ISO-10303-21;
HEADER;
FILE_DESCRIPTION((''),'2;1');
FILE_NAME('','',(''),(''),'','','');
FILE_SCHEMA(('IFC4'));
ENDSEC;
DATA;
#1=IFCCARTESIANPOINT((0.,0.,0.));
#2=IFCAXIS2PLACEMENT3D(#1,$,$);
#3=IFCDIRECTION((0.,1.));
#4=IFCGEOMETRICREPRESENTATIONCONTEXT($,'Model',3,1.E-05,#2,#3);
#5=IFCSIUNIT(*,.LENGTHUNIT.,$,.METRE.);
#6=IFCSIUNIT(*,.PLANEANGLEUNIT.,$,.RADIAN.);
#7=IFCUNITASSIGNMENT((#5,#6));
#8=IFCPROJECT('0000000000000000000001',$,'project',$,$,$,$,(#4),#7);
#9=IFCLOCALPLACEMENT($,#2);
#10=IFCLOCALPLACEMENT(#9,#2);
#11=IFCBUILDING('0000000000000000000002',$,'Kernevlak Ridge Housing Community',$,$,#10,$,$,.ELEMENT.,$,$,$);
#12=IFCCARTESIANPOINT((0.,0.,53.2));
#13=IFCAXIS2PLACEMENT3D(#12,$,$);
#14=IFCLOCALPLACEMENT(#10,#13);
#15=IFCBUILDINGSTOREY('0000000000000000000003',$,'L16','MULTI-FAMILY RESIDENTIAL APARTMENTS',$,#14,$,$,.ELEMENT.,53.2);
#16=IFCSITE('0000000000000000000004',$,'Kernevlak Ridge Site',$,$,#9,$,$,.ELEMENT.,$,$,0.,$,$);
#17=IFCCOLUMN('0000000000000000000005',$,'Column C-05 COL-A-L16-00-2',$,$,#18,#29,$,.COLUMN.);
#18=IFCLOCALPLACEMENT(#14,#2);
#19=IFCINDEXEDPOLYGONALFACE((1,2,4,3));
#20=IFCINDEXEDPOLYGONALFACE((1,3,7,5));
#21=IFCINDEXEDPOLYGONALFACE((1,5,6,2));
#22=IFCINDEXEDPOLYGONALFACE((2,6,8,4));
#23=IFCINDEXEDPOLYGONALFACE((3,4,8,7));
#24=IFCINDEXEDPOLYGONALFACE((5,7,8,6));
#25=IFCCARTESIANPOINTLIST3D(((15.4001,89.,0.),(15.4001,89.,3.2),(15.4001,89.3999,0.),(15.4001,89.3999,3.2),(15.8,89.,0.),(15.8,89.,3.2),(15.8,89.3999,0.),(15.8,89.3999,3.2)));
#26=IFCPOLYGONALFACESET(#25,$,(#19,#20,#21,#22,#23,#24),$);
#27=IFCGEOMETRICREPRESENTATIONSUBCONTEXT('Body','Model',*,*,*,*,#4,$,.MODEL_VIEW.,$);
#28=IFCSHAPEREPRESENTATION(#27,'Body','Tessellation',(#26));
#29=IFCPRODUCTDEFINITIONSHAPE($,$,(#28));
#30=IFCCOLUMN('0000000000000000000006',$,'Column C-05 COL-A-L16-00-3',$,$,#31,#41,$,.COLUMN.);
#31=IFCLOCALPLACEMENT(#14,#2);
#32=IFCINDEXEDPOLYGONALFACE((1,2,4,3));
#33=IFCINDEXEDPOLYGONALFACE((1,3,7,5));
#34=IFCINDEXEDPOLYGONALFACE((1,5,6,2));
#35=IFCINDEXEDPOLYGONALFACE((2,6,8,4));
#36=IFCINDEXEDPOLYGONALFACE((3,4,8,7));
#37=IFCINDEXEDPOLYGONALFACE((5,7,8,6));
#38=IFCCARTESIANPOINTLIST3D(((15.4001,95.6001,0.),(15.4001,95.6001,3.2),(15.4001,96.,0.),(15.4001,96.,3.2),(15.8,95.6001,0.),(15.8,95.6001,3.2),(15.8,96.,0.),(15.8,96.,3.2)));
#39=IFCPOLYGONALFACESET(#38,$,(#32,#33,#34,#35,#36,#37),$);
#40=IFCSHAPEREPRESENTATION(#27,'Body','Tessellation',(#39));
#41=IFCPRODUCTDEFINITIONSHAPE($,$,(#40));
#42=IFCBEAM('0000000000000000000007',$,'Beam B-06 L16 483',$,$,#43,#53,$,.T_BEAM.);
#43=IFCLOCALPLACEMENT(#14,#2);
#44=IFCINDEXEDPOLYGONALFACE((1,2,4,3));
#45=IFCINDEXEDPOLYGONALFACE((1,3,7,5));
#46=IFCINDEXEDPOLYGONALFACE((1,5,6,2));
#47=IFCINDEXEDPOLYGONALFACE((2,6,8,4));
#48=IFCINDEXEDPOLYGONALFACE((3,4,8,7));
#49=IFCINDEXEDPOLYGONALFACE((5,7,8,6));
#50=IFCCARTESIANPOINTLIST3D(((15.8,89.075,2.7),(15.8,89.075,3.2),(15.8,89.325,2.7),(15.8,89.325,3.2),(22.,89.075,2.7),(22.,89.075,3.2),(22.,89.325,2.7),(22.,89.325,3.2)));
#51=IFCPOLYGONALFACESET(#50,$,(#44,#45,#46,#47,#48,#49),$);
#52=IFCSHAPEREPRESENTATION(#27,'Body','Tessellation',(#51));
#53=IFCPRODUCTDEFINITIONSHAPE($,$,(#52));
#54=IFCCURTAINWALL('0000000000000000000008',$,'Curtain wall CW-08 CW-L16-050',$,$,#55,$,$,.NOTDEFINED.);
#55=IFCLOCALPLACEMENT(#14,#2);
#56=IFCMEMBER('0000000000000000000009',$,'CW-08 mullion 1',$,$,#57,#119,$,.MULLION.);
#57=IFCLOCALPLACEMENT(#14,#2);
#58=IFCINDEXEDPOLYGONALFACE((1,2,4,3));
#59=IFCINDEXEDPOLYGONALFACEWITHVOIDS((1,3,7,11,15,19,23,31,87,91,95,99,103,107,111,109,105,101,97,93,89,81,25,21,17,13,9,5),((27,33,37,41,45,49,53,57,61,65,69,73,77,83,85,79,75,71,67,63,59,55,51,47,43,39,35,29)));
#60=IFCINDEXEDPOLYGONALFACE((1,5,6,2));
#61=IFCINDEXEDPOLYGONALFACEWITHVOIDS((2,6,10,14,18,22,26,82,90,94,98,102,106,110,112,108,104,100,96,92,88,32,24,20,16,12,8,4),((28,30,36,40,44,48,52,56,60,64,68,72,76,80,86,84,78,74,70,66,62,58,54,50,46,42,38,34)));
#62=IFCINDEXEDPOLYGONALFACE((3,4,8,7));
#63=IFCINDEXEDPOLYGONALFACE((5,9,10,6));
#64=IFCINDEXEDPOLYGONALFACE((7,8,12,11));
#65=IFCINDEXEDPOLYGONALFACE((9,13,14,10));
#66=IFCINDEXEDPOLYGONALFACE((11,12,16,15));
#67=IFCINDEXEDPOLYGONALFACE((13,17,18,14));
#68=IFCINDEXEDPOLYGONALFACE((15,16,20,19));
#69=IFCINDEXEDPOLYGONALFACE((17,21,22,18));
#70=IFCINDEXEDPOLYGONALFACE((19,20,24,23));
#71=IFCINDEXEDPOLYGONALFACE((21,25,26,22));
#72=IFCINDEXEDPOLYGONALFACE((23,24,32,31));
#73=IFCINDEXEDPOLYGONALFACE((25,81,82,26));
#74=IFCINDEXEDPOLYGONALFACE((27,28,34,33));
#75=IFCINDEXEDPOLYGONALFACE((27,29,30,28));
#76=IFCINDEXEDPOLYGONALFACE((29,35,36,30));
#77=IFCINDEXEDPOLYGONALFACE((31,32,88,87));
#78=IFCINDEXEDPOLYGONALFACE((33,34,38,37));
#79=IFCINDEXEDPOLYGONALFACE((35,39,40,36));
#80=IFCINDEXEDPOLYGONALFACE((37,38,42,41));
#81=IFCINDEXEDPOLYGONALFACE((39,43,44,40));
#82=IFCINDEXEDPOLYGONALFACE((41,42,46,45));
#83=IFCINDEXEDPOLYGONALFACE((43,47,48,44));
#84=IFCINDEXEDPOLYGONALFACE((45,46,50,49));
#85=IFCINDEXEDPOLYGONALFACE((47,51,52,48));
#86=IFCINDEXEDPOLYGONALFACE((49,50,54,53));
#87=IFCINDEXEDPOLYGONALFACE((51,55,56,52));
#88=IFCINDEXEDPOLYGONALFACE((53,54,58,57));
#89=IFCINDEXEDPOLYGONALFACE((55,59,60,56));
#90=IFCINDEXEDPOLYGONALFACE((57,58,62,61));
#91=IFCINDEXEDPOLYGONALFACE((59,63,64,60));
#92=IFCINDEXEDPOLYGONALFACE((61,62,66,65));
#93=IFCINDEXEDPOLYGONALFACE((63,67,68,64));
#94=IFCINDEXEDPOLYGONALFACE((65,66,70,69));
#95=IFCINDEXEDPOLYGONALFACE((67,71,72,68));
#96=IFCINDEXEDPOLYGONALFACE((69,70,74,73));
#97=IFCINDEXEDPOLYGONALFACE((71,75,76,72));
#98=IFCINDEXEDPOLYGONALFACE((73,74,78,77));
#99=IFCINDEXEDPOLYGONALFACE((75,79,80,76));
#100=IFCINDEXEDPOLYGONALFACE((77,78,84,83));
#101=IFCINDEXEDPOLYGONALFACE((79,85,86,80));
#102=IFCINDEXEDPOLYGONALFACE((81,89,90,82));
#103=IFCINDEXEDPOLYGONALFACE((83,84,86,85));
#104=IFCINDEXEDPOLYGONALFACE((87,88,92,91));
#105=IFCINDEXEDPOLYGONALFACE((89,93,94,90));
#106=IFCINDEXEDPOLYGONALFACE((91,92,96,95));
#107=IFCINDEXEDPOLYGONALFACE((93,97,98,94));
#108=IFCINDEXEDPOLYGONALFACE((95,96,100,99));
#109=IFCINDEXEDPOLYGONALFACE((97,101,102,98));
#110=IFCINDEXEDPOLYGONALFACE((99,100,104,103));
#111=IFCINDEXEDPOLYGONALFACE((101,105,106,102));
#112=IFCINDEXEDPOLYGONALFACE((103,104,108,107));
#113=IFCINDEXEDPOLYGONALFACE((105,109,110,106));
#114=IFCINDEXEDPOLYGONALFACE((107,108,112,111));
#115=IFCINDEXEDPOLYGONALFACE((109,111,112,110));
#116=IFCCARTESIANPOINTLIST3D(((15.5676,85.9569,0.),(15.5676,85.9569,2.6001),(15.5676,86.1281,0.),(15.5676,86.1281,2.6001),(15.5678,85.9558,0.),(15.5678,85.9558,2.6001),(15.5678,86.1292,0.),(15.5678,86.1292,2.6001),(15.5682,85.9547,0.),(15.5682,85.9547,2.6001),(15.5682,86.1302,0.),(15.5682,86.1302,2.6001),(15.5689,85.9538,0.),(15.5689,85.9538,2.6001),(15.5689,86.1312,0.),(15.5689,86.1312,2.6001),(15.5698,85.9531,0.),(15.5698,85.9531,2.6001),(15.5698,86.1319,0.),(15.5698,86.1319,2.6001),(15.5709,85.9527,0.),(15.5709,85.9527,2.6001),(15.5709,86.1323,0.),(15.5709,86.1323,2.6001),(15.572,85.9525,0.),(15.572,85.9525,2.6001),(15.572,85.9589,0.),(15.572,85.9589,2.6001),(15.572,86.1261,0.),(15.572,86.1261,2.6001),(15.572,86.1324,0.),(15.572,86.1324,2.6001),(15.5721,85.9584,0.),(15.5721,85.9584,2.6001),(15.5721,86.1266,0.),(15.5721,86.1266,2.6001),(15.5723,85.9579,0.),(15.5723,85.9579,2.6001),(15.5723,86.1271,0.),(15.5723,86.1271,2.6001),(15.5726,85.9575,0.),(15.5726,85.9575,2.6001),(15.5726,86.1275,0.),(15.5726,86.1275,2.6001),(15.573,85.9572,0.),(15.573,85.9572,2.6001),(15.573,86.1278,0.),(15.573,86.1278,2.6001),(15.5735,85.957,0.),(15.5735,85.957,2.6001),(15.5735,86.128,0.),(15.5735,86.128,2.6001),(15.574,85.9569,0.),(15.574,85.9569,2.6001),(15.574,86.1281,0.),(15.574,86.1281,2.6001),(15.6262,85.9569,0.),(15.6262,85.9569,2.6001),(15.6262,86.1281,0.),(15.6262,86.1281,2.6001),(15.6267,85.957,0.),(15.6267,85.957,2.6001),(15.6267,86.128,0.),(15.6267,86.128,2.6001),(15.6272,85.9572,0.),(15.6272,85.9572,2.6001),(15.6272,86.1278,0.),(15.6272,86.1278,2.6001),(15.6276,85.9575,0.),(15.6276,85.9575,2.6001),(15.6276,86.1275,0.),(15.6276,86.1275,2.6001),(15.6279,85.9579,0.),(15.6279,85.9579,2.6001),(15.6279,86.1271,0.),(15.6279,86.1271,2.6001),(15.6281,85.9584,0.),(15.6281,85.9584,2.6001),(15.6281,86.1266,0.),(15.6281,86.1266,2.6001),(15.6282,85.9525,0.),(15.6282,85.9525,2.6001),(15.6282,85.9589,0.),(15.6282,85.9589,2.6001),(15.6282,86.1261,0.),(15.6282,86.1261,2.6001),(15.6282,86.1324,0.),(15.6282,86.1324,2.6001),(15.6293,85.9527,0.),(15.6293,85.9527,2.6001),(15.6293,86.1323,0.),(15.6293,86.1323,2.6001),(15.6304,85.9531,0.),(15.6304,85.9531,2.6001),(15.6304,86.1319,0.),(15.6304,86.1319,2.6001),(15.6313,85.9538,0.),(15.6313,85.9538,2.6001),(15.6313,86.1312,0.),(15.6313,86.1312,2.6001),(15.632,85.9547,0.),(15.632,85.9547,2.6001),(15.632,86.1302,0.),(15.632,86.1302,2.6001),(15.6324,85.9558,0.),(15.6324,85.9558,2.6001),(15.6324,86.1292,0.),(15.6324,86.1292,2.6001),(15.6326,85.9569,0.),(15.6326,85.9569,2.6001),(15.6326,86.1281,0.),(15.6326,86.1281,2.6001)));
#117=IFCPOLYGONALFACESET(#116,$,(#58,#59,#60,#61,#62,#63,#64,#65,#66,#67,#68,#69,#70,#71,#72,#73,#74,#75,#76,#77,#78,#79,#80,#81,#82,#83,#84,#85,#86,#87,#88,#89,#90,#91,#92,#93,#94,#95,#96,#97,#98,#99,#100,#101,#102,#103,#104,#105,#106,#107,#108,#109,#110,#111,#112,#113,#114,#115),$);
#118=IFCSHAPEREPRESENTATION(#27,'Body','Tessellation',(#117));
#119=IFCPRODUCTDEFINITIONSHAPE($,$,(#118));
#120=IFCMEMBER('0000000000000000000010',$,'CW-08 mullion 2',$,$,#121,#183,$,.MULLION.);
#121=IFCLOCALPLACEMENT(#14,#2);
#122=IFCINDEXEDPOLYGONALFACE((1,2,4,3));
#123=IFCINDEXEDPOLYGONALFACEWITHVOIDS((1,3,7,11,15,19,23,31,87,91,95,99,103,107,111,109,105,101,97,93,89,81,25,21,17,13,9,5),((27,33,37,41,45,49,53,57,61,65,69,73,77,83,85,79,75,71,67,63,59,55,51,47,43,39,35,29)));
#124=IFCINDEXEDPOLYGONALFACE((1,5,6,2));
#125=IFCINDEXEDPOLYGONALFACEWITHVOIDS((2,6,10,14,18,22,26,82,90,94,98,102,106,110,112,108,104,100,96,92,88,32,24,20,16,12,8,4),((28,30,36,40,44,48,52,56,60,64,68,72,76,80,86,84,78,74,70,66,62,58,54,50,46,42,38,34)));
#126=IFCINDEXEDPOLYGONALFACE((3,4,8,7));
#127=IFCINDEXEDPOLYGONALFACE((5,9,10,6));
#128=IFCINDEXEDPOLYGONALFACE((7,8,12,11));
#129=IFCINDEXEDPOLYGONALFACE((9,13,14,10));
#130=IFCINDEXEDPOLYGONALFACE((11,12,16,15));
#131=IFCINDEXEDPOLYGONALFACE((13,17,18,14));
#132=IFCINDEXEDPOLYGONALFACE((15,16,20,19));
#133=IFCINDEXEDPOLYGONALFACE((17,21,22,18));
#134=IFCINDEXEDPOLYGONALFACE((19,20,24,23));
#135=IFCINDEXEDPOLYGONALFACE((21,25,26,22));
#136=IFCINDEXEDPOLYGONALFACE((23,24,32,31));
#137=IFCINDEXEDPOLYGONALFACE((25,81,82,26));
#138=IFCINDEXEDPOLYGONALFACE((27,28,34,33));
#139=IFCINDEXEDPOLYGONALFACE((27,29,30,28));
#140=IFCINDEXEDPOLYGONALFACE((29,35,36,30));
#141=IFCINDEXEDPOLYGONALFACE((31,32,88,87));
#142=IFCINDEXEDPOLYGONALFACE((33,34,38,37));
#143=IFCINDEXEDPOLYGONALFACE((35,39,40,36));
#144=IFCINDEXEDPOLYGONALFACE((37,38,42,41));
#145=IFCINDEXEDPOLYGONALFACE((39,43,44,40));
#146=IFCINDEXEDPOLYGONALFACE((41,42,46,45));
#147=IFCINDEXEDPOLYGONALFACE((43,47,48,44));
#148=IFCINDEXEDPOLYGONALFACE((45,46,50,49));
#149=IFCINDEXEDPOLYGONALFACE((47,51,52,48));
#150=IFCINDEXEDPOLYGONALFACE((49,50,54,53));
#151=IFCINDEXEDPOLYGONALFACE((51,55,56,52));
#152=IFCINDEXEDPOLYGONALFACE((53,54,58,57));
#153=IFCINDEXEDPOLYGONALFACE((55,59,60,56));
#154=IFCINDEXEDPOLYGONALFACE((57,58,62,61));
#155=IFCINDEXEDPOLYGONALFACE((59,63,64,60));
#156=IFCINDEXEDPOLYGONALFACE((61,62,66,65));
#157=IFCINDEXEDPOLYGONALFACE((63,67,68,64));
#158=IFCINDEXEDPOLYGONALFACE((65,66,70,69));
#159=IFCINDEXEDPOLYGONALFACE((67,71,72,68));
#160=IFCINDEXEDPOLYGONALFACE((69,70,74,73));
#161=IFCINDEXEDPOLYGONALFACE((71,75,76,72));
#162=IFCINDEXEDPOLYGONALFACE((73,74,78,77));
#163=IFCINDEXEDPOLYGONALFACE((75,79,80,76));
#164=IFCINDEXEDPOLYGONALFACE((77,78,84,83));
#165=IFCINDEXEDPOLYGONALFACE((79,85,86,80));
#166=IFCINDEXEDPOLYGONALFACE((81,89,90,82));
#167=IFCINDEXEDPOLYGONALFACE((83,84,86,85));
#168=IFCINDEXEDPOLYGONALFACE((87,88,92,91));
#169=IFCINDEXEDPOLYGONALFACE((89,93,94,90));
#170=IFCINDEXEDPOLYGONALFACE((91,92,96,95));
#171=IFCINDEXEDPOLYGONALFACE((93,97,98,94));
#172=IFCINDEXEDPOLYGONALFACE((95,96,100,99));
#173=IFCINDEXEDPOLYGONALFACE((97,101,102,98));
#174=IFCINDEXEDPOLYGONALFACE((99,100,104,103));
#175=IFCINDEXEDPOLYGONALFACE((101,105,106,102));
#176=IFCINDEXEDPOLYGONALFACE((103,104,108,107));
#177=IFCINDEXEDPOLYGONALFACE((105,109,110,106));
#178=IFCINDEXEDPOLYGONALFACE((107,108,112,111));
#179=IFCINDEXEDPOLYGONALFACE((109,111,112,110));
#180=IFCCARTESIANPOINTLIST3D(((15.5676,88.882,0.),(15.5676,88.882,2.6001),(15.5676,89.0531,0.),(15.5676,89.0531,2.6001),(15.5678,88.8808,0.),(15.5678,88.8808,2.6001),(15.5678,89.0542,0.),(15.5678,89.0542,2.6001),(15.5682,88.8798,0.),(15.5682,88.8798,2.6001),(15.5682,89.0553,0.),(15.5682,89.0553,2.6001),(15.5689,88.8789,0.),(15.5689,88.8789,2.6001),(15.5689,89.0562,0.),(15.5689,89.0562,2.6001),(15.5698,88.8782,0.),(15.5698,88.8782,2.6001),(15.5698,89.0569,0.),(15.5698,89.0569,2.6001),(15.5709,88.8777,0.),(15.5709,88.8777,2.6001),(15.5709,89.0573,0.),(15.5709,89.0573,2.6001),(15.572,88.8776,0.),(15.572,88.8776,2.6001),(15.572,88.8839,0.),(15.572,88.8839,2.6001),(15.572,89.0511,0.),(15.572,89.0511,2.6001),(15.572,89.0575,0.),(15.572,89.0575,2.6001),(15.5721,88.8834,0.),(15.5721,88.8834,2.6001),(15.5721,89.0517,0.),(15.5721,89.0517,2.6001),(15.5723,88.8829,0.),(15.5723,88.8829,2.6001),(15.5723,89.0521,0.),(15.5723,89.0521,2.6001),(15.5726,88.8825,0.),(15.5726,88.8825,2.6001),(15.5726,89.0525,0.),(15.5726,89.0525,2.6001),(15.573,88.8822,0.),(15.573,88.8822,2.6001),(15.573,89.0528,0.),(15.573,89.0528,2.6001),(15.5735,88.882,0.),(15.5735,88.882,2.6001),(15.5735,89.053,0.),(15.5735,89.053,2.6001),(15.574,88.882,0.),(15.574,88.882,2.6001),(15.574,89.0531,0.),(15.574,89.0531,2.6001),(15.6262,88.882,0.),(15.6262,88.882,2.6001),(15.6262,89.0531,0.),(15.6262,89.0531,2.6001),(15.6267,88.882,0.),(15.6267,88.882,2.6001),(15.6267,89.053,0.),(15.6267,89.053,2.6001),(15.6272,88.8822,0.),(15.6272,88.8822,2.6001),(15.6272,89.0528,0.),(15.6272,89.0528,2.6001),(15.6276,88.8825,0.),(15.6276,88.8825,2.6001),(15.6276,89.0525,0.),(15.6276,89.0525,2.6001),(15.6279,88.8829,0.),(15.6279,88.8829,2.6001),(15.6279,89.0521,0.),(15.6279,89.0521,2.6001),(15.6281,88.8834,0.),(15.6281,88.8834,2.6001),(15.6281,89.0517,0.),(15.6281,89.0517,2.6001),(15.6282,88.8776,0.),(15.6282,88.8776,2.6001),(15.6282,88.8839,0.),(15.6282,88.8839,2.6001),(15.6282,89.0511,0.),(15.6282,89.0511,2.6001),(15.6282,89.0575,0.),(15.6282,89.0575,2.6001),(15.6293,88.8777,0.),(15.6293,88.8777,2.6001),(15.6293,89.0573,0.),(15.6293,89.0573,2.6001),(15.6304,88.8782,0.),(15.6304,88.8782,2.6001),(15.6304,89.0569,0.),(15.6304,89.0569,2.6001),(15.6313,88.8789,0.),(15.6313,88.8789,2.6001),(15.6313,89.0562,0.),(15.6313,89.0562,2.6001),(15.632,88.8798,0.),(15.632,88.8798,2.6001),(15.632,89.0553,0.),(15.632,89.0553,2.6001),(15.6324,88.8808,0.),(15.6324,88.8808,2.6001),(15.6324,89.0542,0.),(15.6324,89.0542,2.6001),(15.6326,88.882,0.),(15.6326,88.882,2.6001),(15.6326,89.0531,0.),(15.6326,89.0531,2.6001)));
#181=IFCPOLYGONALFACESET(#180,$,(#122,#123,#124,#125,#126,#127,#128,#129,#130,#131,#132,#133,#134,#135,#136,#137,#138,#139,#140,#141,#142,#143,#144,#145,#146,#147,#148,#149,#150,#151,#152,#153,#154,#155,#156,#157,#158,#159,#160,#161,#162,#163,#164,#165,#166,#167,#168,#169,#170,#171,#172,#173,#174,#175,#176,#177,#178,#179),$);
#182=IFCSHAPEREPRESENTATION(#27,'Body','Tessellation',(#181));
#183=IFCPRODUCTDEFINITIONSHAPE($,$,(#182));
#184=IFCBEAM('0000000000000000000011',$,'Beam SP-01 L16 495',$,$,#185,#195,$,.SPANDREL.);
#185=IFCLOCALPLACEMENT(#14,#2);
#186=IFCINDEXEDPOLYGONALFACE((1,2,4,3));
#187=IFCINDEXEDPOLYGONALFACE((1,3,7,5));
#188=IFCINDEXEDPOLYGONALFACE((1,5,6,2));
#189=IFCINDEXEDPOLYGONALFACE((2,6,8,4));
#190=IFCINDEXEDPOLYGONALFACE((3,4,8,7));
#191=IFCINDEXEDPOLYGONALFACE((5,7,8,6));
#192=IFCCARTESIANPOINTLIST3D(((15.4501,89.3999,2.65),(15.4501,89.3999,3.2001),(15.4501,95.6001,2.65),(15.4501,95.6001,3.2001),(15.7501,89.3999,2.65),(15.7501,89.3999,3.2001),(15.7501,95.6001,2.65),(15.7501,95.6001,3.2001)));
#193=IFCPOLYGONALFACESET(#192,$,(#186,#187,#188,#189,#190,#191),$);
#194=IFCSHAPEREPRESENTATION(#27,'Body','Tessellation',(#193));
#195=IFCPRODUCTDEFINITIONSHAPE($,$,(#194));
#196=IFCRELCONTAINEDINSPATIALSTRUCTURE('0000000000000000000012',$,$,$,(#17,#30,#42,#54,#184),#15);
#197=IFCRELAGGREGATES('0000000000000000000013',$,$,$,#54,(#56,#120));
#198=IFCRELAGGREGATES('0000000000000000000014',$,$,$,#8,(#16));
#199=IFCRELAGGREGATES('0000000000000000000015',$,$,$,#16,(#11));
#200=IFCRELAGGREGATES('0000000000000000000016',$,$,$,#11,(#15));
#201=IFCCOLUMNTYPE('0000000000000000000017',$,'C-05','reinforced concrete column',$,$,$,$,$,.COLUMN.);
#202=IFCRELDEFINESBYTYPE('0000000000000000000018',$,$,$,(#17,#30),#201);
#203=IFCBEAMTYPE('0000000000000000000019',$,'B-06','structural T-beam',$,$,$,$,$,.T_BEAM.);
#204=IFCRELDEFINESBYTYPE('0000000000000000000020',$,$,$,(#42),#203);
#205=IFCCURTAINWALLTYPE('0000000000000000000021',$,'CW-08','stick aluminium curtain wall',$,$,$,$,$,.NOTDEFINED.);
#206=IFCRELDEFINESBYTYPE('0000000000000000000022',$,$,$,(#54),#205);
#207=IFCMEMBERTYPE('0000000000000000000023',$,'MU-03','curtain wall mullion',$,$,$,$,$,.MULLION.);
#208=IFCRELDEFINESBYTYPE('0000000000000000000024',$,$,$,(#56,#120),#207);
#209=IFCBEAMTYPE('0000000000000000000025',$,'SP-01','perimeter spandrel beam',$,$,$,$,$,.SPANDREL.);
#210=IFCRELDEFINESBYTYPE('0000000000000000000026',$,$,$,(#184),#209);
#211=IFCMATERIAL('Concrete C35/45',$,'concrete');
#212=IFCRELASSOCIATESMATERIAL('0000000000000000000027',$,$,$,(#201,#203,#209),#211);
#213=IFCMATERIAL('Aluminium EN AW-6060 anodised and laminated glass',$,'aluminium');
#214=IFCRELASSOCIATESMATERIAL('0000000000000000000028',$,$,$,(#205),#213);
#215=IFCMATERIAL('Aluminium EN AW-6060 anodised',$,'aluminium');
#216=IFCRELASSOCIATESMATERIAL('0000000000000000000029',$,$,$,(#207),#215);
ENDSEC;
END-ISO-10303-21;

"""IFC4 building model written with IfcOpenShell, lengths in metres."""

from ifc_helpers import new_model, si_unit, direction, frame, origin, origin_2d, place, context, subcontext, project, spatial, rectangle, hollow_rectangle, extrude, material, material_profile, profile_set, type_object, element, aggregate, save


model = new_model("IFC4")

# Units and contexts
model_context = context("Model", 3, precision=1e-05, world=origin(), true_north=direction((0.0, 1.0)))
body_context = subcontext(model_context, "Body", "Model", "MODEL_VIEW")
ifc_project = project(units=[si_unit("LENGTHUNIT", "METRE"), si_unit("PLANEANGLEUNIT", "RADIAN")], contexts=[model_context])

# Site, building, storey
site_placement = place(None, origin())
site = spatial("IfcSite", under=ifc_project, at=site_placement, Name="Kernevlak Ridge Site", CompositionType="ELEMENT", RefElevation=0.0)
building_placement = place(site_placement, origin())
building = spatial("IfcBuilding", under=site, at=building_placement, Name="Kernevlak Ridge Housing Community", CompositionType="ELEMENT")
storey_placement = place(building_placement, frame((0.0, 0.0, 53.2)))
storey = spatial("IfcBuildingStorey", under=building, at=storey_placement, Name="L16", Description="MULTI-FAMILY RESIDENTIAL APARTMENTS", CompositionType="ELEMENT", Elevation=53.2)

# Columns
ifc_material_1 = material(Name="Concrete C35/45", Category="concrete")
ifc_material_profile_1 = material_profile(ifc_material_1, rectangle(XDim=0.3999, YDim=0.3999, at=origin_2d()), Name="RC 400x400")
ifc_profile_set_1 = profile_set([ifc_material_profile_1], Name="Concrete C35/45")
column_type = type_object("IfcColumnType", Name="C-05", Description="reinforced concrete column", PredefinedType="COLUMN", material=ifc_profile_set_1)
for number, where, z_axis, x_axis, name in (
    (1, (15.6001, 89.2, 0.0), (0.0, 0.0, 1.0), (1.0, 0.0, 0.0), "Column C-05 COL-A-L16-00-2"),
    (2, (15.6001, 95.8, 0.0), (0.0, 0.0, 1.0), (1.0, 0.0, 0.0), "Column C-05 COL-A-L16-00-3"),
):
    element("IfcColumn", number, at=place(storey_placement, frame(where, z_axis=z_axis, x_axis=x_axis)), inside=storey, type_object=column_type, Name=name, PredefinedType="COLUMN", context=body_context, shape_type="SweptSolid", body=[
        extrude(rectangle(XDim=0.3999, YDim=0.3999, at=origin_2d()), origin(), (0.0, 0.0, 1.0), 3.2),
    ])

# Beam
ifc_material_profile_2 = material_profile(ifc_material_1, rectangle(XDim=0.25, YDim=0.5, at=origin_2d()), Name="RC 250x500")
ifc_profile_set_2 = profile_set([ifc_material_profile_2], Name="Concrete C35/45")
beam_type_1 = type_object("IfcBeamType", Name="B-06", Description="structural T-beam", PredefinedType="T_BEAM", material=ifc_profile_set_2)
beam_1_placement = place(storey_placement, frame((15.8, 89.2, 2.95), z_axis=(1.0, 0.0, 0.0), x_axis=(0.0, 1.0, 0.0)))
element("IfcBeam", 3, at=beam_1_placement, inside=storey, type_object=beam_type_1, Name="Beam B-06 L16 483", PredefinedType="T_BEAM", context=body_context, shape_type="SweptSolid", body=[
    extrude(rectangle(XDim=0.25, YDim=0.5, at=origin_2d()), origin(), (0.0, 0.0, 1.0), 6.2),
])

# Curtain wall, members
ifc_material_2 = material(Name="Aluminium EN AW-6060 anodised and laminated glass", Category="aluminium")
curtain_wall_type = type_object("IfcCurtainWallType", Name="CW-08", Description="stick aluminium curtain wall", PredefinedType="NOTDEFINED", material=ifc_material_2)
curtain_wall_placement = place(storey_placement, origin())
curtain_wall = element("IfcCurtainWall", 4, at=curtain_wall_placement, inside=storey, type_object=curtain_wall_type, Name="Curtain wall CW-08 CW-L16-050", PredefinedType="NOTDEFINED")
ifc_material_3 = material(Name="Aluminium EN AW-6060 anodised", Category="aluminium")
ifc_material_profile_3 = material_profile(ifc_material_3, hollow_rectangle(XDim=0.0649, YDim=0.1799, WallThickness=0.0044, InnerFilletRadius=0.002, OuterFilletRadius=0.0044, at=origin_2d()), Name="ALU 65x180x4.5")
ifc_profile_set_3 = profile_set([ifc_material_profile_3], Name="Aluminium EN AW-6060 anodised")
member_type_1 = type_object("IfcMemberType", Name="MU-03", Description="curtain wall mullion", PredefinedType="MULLION", material=ifc_profile_set_3)
member_1_placement = place(storey_placement, frame((15.6001, 86.0425, 0.0), z_axis=(0.0, 0.0, 1.0), x_axis=(-1.0, 0.0, 0.0)))
member_1 = element("IfcMember", 5, at=member_1_placement, type_object=member_type_1, Name="CW-08 mullion 1", PredefinedType="MULLION", context=body_context, shape_type="SweptSolid", body=[
    extrude(hollow_rectangle(XDim=0.0649, YDim=0.1799, WallThickness=0.0044, InnerFilletRadius=0.002, OuterFilletRadius=0.0044, at=origin_2d()), origin(), (0.0, 0.0, 1.0), 2.6001),
])
member_2_placement = place(storey_placement, frame((15.6001, 88.9675, 0.0), z_axis=(0.0, 0.0, 1.0), x_axis=(-1.0, 0.0, 0.0)))
member_2 = element("IfcMember", 6, at=member_2_placement, type_object=member_type_1, Name="CW-08 mullion 2", PredefinedType="MULLION", context=body_context, shape_type="SweptSolid", body=[
    extrude(hollow_rectangle(XDim=0.0649, YDim=0.1799, WallThickness=0.0044, InnerFilletRadius=0.002, OuterFilletRadius=0.0044, at=origin_2d()), origin(), (0.0, 0.0, 1.0), 2.6001),
])

# Beam
ifc_material_profile_4 = material_profile(ifc_material_1, rectangle(XDim=0.3, YDim=0.55, at=origin_2d()), Name="RC 300x550")
ifc_profile_set_4 = profile_set([ifc_material_profile_4], Name="Concrete C35/45")
beam_type_2 = type_object("IfcBeamType", Name="SP-01", Description="perimeter spandrel beam", PredefinedType="SPANDREL", material=ifc_profile_set_4)
beam_2_placement = place(storey_placement, frame((15.6001, 89.3999, 2.925), z_axis=(0.0, 1.0, 0.0), x_axis=(-1.0, 0.0, 0.0)))
element("IfcBeam", 7, at=beam_2_placement, inside=storey, type_object=beam_type_2, Name="Beam SP-01 L16 495", PredefinedType="SPANDREL", context=body_context, shape_type="SweptSolid", body=[
    extrude(rectangle(XDim=0.3, YDim=0.55, at=origin_2d()), origin(), (0.0, 0.0, 1.0), 6.2002),
])

aggregate(curtain_wall, [member_1, member_2])

save(model, "model.ifc")
